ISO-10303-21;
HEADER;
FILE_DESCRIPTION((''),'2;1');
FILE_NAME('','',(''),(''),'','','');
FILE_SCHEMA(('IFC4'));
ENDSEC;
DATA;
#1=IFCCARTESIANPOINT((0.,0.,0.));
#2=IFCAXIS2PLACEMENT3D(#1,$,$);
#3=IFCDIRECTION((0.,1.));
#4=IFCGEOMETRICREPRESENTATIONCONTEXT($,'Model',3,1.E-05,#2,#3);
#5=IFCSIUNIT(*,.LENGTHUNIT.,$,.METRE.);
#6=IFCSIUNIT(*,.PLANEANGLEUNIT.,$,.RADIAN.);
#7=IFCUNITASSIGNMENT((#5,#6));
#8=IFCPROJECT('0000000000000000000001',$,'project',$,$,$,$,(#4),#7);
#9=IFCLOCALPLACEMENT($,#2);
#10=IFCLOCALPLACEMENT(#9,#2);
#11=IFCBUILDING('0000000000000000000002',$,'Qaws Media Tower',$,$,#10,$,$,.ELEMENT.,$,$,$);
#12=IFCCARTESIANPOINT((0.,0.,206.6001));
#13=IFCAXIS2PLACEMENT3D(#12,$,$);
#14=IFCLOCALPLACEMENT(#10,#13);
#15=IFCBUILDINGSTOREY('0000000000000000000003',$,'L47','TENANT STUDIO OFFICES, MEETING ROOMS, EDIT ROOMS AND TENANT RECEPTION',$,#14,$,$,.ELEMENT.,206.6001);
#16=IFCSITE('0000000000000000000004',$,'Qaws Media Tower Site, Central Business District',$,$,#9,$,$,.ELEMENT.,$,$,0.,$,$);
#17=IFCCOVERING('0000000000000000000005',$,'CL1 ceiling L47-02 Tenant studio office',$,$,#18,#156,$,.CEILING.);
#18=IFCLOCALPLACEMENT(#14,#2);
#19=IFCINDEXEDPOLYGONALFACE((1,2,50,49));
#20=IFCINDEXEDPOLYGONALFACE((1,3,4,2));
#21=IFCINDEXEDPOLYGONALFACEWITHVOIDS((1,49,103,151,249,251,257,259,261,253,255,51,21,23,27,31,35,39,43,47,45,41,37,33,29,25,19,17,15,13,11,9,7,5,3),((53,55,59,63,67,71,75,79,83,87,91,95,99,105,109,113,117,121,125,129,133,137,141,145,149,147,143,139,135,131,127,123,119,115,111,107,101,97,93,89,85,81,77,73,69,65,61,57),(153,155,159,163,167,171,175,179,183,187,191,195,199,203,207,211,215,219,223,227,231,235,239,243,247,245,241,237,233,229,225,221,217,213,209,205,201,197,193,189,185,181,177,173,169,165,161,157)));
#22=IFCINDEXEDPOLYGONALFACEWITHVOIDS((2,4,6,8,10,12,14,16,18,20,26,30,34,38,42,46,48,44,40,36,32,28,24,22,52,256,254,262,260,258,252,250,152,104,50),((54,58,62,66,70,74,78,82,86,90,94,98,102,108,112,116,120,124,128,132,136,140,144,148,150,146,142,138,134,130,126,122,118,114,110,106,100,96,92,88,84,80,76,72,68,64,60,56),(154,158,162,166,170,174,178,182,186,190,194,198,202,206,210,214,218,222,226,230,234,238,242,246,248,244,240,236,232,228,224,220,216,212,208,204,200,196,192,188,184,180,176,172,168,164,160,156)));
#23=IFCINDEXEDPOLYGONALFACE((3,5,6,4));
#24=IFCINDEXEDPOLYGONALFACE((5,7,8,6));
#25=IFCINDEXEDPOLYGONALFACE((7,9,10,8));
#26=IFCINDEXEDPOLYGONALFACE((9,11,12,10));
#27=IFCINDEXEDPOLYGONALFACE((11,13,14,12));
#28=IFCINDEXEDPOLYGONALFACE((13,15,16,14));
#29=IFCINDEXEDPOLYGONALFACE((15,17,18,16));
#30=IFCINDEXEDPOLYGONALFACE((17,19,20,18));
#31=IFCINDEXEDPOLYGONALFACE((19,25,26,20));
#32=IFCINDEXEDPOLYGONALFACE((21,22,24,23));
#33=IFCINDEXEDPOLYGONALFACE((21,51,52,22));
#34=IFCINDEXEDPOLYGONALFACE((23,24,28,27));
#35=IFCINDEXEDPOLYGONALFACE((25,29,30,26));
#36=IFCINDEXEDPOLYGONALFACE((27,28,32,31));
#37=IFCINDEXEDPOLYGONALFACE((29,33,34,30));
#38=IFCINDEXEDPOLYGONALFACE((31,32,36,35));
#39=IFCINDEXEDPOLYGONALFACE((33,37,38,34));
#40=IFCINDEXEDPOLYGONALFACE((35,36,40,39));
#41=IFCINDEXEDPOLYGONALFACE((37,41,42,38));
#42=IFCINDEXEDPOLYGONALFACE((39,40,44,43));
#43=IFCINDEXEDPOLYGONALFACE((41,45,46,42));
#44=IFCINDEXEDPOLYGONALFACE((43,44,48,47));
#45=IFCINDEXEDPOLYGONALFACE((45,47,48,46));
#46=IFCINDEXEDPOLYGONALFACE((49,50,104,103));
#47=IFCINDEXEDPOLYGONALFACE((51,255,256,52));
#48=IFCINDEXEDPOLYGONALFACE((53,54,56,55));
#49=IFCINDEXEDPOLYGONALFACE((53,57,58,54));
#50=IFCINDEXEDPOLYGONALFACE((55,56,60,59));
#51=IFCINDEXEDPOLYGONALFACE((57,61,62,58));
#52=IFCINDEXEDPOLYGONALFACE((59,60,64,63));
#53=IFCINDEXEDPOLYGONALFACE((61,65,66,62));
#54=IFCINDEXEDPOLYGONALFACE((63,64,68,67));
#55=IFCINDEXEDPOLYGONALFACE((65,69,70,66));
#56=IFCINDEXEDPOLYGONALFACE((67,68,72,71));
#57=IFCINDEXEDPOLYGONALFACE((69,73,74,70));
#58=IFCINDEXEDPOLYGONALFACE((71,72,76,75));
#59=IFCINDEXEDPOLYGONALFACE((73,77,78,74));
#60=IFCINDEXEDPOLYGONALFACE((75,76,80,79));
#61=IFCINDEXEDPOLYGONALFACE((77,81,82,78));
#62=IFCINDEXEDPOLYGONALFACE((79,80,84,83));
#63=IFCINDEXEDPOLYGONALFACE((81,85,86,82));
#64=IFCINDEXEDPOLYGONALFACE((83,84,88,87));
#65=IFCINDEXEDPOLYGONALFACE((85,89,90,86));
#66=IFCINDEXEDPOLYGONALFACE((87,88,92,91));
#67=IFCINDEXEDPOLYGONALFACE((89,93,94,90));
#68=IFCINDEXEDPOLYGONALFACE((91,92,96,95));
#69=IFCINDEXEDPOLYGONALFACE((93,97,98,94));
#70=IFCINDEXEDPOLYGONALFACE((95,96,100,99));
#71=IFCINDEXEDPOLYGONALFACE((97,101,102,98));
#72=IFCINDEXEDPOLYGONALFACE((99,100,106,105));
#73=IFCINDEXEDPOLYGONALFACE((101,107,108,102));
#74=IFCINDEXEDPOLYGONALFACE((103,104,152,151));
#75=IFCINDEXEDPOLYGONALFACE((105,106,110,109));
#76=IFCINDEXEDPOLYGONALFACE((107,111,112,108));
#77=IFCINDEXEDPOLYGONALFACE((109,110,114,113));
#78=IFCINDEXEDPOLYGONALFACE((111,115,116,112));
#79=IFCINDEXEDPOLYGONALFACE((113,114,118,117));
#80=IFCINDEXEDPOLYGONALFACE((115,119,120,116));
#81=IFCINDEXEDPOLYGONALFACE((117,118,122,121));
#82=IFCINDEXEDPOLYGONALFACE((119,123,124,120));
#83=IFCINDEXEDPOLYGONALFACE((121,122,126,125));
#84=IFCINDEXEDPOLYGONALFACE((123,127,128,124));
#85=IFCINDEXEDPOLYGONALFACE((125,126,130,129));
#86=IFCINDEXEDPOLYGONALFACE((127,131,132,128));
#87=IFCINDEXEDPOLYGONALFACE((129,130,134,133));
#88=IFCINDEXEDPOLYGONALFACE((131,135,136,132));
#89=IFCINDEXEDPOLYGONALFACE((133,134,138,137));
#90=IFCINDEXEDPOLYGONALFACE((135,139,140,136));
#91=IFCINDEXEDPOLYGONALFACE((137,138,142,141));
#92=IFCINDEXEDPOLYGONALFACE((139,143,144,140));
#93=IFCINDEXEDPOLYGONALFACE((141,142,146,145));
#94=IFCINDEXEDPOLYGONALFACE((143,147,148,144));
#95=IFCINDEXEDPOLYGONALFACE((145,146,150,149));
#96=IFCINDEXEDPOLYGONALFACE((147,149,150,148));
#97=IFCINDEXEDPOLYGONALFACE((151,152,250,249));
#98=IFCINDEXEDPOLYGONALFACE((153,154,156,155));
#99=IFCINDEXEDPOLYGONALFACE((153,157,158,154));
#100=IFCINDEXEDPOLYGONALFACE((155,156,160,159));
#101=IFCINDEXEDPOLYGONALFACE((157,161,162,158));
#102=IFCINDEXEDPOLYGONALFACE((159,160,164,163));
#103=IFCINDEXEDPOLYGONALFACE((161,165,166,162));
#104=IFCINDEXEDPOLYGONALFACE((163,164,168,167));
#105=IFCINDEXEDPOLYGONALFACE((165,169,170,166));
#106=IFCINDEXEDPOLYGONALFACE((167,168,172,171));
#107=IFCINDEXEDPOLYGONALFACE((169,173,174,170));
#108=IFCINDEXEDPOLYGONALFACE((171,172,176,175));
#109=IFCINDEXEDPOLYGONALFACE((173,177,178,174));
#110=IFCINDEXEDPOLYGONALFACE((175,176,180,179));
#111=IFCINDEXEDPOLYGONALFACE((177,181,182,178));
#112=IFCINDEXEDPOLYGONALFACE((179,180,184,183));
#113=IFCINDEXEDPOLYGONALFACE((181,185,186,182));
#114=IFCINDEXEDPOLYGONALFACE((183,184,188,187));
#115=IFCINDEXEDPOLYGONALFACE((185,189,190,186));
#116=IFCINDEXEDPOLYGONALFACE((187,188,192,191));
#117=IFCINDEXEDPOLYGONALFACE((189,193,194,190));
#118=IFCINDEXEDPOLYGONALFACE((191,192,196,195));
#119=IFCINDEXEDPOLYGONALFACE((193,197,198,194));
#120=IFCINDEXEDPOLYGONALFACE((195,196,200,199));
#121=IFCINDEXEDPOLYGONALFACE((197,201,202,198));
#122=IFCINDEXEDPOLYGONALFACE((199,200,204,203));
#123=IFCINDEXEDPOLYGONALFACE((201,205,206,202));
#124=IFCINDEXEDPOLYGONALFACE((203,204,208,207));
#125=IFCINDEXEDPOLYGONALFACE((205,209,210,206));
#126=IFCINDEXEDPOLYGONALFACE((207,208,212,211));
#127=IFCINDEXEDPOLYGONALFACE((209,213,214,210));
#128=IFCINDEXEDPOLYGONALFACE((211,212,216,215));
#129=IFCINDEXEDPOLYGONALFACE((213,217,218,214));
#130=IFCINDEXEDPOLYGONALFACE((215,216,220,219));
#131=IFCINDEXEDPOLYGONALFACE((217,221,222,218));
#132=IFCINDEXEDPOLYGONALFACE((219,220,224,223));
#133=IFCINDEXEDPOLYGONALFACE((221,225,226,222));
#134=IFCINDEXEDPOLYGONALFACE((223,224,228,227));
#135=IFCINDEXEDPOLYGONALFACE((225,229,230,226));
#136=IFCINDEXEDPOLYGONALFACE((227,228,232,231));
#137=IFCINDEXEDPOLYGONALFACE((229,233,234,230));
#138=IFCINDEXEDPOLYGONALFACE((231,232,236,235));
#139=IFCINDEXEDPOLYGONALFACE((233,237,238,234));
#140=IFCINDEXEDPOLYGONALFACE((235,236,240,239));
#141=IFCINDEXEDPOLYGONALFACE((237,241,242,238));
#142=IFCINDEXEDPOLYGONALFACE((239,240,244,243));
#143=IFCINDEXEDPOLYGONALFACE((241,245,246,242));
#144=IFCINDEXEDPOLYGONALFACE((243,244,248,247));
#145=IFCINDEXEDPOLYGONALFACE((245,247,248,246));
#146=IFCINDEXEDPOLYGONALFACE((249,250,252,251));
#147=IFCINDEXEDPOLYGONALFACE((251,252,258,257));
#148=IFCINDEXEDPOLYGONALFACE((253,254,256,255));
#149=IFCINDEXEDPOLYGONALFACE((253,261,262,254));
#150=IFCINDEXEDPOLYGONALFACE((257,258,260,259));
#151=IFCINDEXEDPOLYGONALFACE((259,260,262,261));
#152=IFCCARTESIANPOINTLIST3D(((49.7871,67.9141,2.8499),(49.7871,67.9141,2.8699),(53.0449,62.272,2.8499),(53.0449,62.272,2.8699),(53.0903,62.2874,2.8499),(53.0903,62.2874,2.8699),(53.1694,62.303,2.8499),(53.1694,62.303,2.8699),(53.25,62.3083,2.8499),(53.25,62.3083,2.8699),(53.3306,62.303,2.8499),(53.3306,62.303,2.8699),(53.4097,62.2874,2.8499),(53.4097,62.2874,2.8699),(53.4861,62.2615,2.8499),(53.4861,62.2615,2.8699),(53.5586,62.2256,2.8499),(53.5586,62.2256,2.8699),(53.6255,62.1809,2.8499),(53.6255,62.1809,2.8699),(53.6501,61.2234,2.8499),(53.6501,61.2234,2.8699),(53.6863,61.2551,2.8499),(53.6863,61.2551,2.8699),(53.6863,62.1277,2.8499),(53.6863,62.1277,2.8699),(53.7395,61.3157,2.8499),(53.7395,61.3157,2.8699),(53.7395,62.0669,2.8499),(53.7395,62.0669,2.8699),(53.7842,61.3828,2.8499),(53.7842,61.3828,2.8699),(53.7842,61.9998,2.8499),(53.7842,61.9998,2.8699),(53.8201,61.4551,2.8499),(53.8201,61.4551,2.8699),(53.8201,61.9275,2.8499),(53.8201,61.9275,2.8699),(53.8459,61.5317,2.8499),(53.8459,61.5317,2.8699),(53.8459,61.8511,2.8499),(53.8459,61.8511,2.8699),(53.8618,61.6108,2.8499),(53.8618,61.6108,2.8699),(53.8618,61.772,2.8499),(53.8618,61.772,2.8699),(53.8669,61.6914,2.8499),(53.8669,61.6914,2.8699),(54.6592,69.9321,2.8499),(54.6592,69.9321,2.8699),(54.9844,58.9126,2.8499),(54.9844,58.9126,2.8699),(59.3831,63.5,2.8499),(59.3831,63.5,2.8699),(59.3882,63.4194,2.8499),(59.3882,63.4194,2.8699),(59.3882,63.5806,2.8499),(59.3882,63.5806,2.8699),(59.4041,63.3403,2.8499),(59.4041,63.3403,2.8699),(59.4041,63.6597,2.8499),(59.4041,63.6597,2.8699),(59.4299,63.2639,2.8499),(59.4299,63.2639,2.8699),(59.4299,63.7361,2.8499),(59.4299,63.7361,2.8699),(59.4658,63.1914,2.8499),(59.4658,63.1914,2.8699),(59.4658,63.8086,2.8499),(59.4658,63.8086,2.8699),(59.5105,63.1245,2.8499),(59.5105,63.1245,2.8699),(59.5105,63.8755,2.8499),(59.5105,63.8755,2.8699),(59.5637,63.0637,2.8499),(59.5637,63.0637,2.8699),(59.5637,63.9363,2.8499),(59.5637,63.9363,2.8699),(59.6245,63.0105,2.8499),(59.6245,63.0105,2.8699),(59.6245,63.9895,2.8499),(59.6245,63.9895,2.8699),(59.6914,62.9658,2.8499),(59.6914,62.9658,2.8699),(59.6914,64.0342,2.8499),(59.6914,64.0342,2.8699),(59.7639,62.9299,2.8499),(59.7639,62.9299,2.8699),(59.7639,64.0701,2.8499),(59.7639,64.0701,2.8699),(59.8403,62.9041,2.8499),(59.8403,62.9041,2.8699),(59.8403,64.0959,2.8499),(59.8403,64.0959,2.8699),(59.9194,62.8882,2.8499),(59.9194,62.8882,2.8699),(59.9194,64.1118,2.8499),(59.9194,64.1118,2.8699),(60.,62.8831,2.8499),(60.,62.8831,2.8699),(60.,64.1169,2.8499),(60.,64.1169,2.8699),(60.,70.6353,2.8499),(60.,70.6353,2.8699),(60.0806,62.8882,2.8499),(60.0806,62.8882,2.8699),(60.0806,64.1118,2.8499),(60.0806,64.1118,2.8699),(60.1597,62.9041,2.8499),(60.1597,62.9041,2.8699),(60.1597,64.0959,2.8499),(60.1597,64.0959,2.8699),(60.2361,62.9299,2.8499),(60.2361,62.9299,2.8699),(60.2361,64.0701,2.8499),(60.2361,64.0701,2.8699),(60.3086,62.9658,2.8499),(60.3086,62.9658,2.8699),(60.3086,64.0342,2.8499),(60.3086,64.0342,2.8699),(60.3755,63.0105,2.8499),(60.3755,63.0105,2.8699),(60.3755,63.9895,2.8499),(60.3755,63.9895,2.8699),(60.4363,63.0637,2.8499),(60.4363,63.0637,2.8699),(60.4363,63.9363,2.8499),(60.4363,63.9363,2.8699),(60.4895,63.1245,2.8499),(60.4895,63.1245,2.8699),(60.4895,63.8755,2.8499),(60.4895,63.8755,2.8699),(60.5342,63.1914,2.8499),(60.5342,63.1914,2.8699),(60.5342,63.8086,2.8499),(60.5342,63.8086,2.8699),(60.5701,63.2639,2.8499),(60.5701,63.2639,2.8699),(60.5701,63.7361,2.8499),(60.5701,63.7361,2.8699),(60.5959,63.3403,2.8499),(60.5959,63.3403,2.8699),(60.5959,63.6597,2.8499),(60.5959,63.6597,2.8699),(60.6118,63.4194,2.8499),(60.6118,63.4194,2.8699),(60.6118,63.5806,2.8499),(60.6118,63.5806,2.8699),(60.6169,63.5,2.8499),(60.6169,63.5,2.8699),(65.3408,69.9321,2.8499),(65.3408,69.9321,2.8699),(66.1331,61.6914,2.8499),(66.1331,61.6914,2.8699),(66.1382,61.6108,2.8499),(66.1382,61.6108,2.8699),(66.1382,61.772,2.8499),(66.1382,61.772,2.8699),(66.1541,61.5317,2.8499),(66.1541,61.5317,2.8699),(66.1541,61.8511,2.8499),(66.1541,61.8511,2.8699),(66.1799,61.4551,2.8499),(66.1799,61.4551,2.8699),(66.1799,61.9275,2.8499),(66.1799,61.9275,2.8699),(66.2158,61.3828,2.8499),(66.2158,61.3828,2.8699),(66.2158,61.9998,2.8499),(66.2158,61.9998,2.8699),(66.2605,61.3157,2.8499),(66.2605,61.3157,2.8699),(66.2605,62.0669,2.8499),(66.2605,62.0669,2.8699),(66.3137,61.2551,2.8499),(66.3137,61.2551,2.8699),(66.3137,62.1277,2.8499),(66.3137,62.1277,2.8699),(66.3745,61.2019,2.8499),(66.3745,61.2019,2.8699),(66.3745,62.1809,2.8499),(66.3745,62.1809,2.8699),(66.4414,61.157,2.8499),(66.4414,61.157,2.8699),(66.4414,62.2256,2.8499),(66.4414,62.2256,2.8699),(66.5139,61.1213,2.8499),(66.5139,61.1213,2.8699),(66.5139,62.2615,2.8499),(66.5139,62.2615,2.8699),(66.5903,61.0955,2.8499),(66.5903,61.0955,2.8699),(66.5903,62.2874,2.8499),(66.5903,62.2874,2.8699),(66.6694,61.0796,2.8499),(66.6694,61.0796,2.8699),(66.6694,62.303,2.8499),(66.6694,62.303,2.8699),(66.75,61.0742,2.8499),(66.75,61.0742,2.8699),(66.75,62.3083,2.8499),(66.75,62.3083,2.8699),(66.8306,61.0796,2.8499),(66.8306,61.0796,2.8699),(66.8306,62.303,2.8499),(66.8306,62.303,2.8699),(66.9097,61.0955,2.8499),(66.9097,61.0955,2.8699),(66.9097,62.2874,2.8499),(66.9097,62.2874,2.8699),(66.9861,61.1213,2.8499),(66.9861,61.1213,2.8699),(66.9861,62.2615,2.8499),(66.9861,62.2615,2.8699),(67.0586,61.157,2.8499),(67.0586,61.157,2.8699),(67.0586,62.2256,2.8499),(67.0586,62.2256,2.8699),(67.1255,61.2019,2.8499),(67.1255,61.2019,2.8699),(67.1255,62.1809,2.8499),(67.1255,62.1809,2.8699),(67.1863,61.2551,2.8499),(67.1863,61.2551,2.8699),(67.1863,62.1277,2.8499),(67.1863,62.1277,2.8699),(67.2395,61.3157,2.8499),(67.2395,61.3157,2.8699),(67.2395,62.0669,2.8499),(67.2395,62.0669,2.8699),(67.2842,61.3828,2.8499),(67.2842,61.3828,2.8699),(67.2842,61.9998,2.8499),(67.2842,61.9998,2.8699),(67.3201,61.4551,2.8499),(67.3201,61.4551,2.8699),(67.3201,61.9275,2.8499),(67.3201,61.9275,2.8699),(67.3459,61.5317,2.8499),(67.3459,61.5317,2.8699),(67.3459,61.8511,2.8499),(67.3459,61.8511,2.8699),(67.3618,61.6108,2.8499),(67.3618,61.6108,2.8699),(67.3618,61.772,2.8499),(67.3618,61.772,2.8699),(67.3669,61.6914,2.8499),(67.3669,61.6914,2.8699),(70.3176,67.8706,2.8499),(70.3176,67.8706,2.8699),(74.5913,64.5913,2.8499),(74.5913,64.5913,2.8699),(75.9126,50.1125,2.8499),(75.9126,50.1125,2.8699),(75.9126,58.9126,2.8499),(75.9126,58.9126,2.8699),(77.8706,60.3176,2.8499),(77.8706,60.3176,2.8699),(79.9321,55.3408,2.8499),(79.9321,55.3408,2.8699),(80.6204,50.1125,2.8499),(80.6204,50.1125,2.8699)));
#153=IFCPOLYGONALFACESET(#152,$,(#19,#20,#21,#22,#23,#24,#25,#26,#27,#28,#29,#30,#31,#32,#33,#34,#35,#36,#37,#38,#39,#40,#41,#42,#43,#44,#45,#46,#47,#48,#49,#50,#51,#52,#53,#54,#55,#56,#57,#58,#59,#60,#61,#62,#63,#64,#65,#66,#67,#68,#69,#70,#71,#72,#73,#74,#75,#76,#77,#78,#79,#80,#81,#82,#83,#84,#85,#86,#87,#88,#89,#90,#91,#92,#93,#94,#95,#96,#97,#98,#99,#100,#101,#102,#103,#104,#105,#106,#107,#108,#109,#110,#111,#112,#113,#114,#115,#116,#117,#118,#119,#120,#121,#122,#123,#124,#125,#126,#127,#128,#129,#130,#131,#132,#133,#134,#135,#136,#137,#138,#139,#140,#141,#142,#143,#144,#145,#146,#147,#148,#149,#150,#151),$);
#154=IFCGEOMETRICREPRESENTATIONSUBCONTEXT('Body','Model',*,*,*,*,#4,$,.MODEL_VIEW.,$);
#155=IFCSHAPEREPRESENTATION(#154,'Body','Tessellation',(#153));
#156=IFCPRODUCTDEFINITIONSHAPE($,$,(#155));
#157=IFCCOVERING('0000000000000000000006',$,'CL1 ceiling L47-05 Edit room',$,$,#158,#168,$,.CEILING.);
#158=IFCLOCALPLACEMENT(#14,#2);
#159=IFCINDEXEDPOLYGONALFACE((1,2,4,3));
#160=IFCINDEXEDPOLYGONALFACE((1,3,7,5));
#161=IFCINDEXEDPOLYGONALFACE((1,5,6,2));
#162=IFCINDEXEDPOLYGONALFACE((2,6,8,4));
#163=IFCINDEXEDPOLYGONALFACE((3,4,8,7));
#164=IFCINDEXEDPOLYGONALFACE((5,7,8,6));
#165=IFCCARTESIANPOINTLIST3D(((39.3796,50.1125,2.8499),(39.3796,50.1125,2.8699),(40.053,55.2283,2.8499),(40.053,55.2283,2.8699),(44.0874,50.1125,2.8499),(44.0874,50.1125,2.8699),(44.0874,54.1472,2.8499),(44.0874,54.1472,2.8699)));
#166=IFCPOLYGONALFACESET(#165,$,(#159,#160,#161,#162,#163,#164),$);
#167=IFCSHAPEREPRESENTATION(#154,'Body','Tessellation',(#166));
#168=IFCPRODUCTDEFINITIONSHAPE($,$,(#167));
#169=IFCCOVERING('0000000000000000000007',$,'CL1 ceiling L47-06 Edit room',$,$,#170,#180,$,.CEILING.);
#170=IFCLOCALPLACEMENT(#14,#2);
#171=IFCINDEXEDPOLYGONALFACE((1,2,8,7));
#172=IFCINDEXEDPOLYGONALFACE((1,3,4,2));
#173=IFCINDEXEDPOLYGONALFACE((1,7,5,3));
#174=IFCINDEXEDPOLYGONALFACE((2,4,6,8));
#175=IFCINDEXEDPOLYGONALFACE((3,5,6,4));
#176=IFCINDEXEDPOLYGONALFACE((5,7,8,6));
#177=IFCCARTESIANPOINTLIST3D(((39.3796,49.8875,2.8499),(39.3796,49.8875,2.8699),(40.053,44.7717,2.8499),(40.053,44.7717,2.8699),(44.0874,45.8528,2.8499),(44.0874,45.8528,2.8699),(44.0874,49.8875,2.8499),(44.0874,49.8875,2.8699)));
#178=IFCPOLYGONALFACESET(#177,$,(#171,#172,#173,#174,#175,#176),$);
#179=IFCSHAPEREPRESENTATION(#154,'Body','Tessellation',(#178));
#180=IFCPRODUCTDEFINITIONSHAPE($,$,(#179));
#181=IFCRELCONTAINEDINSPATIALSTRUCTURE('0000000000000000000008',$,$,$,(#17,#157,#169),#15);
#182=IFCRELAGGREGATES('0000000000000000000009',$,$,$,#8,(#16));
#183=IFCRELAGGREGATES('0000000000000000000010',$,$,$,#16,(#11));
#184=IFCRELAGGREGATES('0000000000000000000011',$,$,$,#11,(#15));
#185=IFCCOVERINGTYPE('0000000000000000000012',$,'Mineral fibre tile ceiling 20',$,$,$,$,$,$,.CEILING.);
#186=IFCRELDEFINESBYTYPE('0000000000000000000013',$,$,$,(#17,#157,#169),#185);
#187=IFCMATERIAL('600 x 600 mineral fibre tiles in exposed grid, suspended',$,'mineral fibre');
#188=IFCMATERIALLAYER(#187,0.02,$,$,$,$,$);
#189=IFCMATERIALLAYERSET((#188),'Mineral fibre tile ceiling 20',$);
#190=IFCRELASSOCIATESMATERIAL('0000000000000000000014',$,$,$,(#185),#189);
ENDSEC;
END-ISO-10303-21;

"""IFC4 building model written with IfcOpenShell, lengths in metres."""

from ifc_helpers import new_model, si_unit, direction, frame, origin, place, context, subcontext, project, spatial, polyline, outline, extrude, material, layer, layer_set, type_object, element, save


model = new_model("IFC4")

# Units and contexts
model_context = context("Model", 3, precision=1e-05, world=origin(), true_north=direction((0.0, 1.0)))
body_context = subcontext(model_context, "Body", "Model", "MODEL_VIEW")
ifc_project = project(units=[si_unit("LENGTHUNIT", "METRE"), si_unit("PLANEANGLEUNIT", "RADIAN")], contexts=[model_context])

# Site, building, storey
site_placement = place(None, origin())
site = spatial("IfcSite", under=ifc_project, at=site_placement, Name="Qaws Media Tower Site, Central Business District", CompositionType="ELEMENT", RefElevation=0.0)
building_placement = place(site_placement, origin())
building = spatial("IfcBuilding", under=site, at=building_placement, Name="Qaws Media Tower", CompositionType="ELEMENT")
storey_placement = place(building_placement, frame((0.0, 0.0, 206.6001)))
storey = spatial("IfcBuildingStorey", under=building, at=storey_placement, Name="L47", Description="TENANT STUDIO OFFICES, MEETING ROOMS, EDIT ROOMS AND TENANT RECEPTION", CompositionType="ELEMENT", Elevation=206.6001)

# Coverings
ifc_material_1 = material(Name="600 x 600 mineral fibre tiles in exposed grid, suspended", Category="mineral fibre")
ifc_layer_1 = layer(ifc_material_1, 0.02)
ifc_layer_set_1 = layer_set([ifc_layer_1], Name="Mineral fibre tile ceiling 20")
covering_type_1 = type_object("IfcCoveringType", Name="Mineral fibre tile ceiling 20", PredefinedType="CEILING", material=ifc_layer_set_1)
covering_1_placement = place(storey_placement, frame((0.0, 0.0, 2.8499)))
element("IfcCovering", 1, at=covering_1_placement, inside=storey, type_object=covering_type_1, Name="CL1 ceiling L47-02 Tenant studio office", PredefinedType="CEILING", context=body_context, shape_type="SweptSolid", body=[
    extrude(outline(polyline([(54.6592, 69.9321), (60.0, 70.6353), (65.3408, 69.9321), (70.3176, 67.8706), (74.5913, 64.5913), (77.8706, 60.3176), (79.9321, 55.3408), (80.6204, 50.1125), (75.9126, 50.1125), (75.9126, 58.9126), (54.9844, 58.9126), (53.6501, 61.2234), (53.6863, 61.2551), (53.7395, 61.3157), (53.7842, 61.3828), (53.8201, 61.4551), (53.8459, 61.5317), (53.8618, 61.6108), (53.8669, 61.6914), (53.8618, 61.772), (53.8459, 61.8511), (53.8201, 61.9275), (53.7842, 61.9998), (53.7395, 62.0669), (53.6863, 62.1277), (53.6255, 62.1809), (53.5586, 62.2256), (53.4861, 62.2615), (53.4097, 62.2874), (53.3306, 62.303), (53.25, 62.3083), (53.1694, 62.303), (53.0903, 62.2874), (53.0449, 62.272), (49.7871, 67.9141), (54.6592, 69.9321)]), holes=[polyline([(60.5701, 63.2639), (60.5959, 63.3403), (60.6118, 63.4194), (60.6169, 63.5), (60.6118, 63.5806), (60.5959, 63.6597), (60.5701, 63.7361), (60.5342, 63.8086), (60.4895, 63.8755), (60.4363, 63.9363), (60.3755, 63.9895), (60.3086, 64.0342), (60.2361, 64.0701), (60.1597, 64.0959), (60.0806, 64.1118), (60.0, 64.1169), (59.9194, 64.1118), (59.8403, 64.0959), (59.7639, 64.0701), (59.6914, 64.0342), (59.6245, 63.9895), (59.5637, 63.9363), (59.5105, 63.8755), (59.4658, 63.8086), (59.4299, 63.7361), (59.4041, 63.6597), (59.3882, 63.5806), (59.3831, 63.5), (59.3882, 63.4194), (59.4041, 63.3403), (59.4299, 63.2639), (59.4658, 63.1914), (59.5105, 63.1245), (59.5637, 63.0637), (59.6245, 63.0105), (59.6914, 62.9658), (59.7639, 62.9299), (59.8403, 62.9041), (59.9194, 62.8882), (60.0, 62.8831), (60.0806, 62.8882), (60.1597, 62.9041), (60.2361, 62.9299), (60.3086, 62.9658), (60.3755, 63.0105), (60.4363, 63.0637), (60.4895, 63.1245), (60.5342, 63.1914), (60.5701, 63.2639)]), polyline([(67.3201, 61.4551), (67.3459, 61.5317), (67.3618, 61.6108), (67.3669, 61.6914), (67.3618, 61.772), (67.3459, 61.8511), (67.3201, 61.9275), (67.2842, 61.9998), (67.2395, 62.0669), (67.1863, 62.1277), (67.1255, 62.1809), (67.0586, 62.2256), (66.9861, 62.2615), (66.9097, 62.2874), (66.8306, 62.303), (66.75, 62.3083), (66.6694, 62.303), (66.5903, 62.2874), (66.5139, 62.2615), (66.4414, 62.2256), (66.3745, 62.1809), (66.3137, 62.1277), (66.2605, 62.0669), (66.2158, 61.9998), (66.1799, 61.9275), (66.1541, 61.8511), (66.1382, 61.772), (66.1331, 61.6914), (66.1382, 61.6108), (66.1541, 61.5317), (66.1799, 61.4551), (66.2158, 61.3828), (66.2605, 61.3157), (66.3137, 61.2551), (66.3745, 61.2019), (66.4414, 61.157), (66.5139, 61.1213), (66.5903, 61.0955), (66.6694, 61.0796), (66.75, 61.0742), (66.8306, 61.0796), (66.9097, 61.0955), (66.9861, 61.1213), (67.0586, 61.157), (67.1255, 61.2019), (67.1863, 61.2551), (67.2395, 61.3157), (67.2842, 61.3828), (67.3201, 61.4551)])]), origin(), (0.0, 0.0, 1.0), 0.02),
])
covering_2_placement = place(storey_placement, frame((0.0, 0.0, 2.8499)))
element("IfcCovering", 2, at=covering_2_placement, inside=storey, type_object=covering_type_1, Name="CL1 ceiling L47-05 Edit room", PredefinedType="CEILING", context=body_context, shape_type="SweptSolid", body=[
    extrude(outline(polyline([(40.053, 55.2283), (44.0874, 54.1472), (44.0874, 50.1125), (39.3796, 50.1125), (40.053, 55.2283)])), origin(), (0.0, 0.0, 1.0), 0.02),
])
covering_3_placement = place(storey_placement, frame((0.0, 0.0, 2.8499)))
element("IfcCovering", 3, at=covering_3_placement, inside=storey, type_object=covering_type_1, Name="CL1 ceiling L47-06 Edit room", PredefinedType="CEILING", context=body_context, shape_type="SweptSolid", body=[
    extrude(outline(polyline([(39.3796, 49.8875), (44.0874, 49.8875), (44.0874, 45.8528), (40.053, 44.7717), (39.3796, 49.8875)])), origin(), (0.0, 0.0, 1.0), 0.02),
])

save(model, "model.ifc")
